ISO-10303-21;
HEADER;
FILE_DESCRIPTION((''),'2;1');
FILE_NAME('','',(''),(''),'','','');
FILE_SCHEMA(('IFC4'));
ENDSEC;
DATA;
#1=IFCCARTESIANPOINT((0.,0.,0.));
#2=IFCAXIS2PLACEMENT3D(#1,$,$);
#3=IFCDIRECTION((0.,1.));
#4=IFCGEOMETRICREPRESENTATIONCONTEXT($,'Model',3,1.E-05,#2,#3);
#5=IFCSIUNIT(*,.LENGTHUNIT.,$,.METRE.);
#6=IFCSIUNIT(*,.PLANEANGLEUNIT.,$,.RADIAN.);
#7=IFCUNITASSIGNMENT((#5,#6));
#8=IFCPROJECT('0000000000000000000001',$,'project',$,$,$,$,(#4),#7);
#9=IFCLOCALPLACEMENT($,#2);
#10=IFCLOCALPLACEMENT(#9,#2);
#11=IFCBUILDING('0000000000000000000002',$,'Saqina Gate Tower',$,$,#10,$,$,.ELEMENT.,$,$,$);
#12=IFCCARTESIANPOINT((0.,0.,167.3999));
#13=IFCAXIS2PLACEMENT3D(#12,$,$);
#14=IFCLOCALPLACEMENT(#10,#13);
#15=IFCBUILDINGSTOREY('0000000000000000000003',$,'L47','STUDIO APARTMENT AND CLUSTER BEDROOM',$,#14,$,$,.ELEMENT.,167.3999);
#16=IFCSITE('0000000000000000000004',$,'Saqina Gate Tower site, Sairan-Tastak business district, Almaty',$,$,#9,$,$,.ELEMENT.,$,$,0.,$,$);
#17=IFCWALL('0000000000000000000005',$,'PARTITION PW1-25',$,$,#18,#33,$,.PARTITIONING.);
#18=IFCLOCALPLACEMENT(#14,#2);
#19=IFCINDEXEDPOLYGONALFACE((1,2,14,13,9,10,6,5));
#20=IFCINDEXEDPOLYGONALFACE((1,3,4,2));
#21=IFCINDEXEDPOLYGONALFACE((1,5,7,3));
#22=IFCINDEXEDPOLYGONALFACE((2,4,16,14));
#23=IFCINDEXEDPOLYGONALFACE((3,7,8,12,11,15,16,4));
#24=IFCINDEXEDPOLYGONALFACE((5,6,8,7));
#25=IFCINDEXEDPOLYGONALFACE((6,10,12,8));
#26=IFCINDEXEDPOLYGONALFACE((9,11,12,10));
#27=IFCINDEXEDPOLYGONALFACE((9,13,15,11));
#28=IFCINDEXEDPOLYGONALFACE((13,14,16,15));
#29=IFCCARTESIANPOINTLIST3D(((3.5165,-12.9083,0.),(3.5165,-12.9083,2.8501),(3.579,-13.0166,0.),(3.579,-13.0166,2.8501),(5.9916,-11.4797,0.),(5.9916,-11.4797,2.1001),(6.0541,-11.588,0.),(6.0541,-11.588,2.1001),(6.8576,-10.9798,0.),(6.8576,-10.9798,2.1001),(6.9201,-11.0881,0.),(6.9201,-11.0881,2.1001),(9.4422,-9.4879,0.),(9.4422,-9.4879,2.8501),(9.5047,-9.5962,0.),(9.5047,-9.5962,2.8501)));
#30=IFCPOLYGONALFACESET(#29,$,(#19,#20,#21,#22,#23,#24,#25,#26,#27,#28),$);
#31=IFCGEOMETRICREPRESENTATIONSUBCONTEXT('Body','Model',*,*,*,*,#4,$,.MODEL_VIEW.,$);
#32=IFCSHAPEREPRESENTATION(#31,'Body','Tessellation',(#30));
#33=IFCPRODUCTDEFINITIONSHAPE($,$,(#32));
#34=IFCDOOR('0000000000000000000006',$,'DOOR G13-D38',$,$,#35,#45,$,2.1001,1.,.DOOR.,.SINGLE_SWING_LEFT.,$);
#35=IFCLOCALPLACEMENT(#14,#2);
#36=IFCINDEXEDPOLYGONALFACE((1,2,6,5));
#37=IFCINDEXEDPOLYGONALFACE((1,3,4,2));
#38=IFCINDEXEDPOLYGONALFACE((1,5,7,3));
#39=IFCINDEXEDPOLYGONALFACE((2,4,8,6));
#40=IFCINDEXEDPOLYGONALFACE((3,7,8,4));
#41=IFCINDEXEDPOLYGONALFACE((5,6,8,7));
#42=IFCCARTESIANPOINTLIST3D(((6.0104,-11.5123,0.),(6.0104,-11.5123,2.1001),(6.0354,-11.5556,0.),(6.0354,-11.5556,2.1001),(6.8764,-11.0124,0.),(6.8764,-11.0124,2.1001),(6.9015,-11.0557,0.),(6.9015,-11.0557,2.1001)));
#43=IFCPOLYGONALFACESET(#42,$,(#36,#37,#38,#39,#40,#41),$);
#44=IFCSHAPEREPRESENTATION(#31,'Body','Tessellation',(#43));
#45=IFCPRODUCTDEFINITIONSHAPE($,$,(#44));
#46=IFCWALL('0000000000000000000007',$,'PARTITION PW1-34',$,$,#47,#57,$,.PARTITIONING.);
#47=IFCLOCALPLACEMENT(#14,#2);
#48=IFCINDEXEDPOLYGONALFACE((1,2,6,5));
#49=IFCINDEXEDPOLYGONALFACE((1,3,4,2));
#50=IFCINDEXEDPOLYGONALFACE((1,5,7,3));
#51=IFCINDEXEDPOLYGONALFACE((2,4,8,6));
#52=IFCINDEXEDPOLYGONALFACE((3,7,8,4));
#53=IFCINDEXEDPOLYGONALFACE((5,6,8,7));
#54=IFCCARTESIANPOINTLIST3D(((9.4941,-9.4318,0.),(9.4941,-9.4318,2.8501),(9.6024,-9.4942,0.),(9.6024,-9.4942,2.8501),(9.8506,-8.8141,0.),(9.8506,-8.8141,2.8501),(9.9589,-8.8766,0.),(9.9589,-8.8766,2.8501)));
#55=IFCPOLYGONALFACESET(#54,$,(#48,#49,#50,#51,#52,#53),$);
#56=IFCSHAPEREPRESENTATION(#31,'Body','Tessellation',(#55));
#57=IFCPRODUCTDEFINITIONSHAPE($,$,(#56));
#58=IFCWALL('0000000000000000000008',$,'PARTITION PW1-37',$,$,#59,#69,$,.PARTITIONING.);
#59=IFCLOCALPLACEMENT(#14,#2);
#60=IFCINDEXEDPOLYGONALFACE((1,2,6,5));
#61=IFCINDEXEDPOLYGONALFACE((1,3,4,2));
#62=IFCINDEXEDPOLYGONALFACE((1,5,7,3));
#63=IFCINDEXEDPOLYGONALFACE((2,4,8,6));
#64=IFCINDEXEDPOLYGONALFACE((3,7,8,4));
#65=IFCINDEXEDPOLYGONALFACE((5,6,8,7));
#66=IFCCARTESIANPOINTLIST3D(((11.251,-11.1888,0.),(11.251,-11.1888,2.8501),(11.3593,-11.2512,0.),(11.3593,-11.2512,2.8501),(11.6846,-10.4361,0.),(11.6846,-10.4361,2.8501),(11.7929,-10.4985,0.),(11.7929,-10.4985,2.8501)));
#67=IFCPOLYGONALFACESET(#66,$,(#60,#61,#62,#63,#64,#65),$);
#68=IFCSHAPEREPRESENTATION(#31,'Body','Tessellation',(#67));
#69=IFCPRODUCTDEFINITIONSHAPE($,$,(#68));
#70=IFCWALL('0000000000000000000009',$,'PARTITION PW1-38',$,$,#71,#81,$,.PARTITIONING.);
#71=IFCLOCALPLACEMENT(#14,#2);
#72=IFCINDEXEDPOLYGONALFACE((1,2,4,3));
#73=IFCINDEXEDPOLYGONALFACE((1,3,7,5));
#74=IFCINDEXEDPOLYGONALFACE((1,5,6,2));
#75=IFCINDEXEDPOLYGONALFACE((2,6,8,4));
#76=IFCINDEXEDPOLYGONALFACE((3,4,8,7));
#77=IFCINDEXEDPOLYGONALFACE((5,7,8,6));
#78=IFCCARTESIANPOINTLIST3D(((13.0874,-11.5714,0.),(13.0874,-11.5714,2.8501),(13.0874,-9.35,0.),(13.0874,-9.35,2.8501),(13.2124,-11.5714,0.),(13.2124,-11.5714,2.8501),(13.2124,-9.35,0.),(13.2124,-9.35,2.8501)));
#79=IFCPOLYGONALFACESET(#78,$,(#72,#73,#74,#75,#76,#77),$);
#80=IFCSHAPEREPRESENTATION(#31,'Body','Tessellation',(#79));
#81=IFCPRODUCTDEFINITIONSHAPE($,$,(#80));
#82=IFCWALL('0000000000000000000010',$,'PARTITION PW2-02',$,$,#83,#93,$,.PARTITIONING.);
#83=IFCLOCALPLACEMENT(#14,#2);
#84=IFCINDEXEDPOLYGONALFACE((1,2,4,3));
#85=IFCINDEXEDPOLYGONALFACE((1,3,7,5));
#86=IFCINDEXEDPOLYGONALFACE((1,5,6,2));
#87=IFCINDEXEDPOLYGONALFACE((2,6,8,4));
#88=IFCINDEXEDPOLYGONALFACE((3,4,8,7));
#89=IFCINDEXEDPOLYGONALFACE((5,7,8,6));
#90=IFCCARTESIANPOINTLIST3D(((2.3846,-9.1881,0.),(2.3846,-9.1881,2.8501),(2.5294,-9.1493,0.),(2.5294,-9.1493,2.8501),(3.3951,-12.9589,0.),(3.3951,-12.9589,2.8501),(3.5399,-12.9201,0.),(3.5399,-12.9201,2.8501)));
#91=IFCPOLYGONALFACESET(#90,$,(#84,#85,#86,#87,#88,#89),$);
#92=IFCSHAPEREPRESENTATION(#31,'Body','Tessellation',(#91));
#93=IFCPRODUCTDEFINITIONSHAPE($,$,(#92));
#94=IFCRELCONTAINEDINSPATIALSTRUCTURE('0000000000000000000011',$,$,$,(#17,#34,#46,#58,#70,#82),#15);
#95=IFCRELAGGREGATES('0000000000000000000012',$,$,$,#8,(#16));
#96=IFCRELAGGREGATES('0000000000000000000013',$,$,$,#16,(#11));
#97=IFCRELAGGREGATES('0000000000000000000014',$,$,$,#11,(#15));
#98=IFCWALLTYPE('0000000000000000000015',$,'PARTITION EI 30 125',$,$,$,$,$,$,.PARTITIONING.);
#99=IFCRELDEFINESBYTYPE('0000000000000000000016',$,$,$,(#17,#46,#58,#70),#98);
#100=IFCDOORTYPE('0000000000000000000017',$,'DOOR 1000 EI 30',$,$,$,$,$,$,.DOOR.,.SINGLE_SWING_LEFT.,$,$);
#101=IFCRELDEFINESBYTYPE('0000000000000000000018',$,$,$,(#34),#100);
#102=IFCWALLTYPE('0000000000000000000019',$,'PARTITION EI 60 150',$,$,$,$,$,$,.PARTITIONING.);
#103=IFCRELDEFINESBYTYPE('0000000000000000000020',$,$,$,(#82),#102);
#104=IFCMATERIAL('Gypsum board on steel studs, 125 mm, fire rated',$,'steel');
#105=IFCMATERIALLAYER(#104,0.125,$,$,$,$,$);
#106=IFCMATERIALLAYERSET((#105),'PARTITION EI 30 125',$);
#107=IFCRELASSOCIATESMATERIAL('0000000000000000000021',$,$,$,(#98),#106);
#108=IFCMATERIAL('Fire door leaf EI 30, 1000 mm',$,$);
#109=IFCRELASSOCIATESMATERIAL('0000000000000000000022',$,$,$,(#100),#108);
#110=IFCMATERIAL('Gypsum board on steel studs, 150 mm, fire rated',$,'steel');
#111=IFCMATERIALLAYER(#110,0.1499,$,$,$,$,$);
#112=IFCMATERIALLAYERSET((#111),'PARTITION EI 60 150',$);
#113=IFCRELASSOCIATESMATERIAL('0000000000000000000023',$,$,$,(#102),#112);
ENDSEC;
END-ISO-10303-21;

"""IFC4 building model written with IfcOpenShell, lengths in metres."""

from ifc_helpers import new_model, si_unit, direction, frame, frame_2d, origin, place, context, subcontext, project, spatial, rectangle, extrude, material, layer, layer_set, type_object, element, fill, save


model = new_model("IFC4")

# Units and contexts
model_context = context("Model", 3, precision=1e-05, world=origin(), true_north=direction((0.0, 1.0)))
body_context = subcontext(model_context, "Body", "Model", "MODEL_VIEW")
ifc_project = project(units=[si_unit("LENGTHUNIT", "METRE"), si_unit("PLANEANGLEUNIT", "RADIAN")], contexts=[model_context])

# Site, building, storey
site_placement = place(None, origin())
site = spatial("IfcSite", under=ifc_project, at=site_placement, Name="Saqina Gate Tower site, Sairan-Tastak business district, Almaty", CompositionType="ELEMENT", RefElevation=0.0)
building_placement = place(site_placement, origin())
building = spatial("IfcBuilding", under=site, at=building_placement, Name="Saqina Gate Tower", CompositionType="ELEMENT")
storey_placement = place(building_placement, frame((0.0, 0.0, 167.3999)))
storey = spatial("IfcBuildingStorey", under=building, at=storey_placement, Name="L47", Description="STUDIO APARTMENT AND CLUSTER BEDROOM", CompositionType="ELEMENT", Elevation=167.3999)

# Shared definitions
ifc_material_1 = material(Name="Gypsum board on steel studs, 125 mm, fire rated", Category="steel")
ifc_layer_1 = layer(ifc_material_1, 0.125)
ifc_layer_set_1 = layer_set([ifc_layer_1], Name="PARTITION EI 30 125")
wall_type_1 = type_object("IfcWallType", Name="PARTITION EI 30 125", PredefinedType="PARTITIONING", material=ifc_layer_set_1)

# Shared definitions
ifc_material_2 = material(Name="Fire door leaf EI 30, 1000 mm")
door_type_1 = type_object("IfcDoorType", Name="DOOR 1000 EI 30", OperationType="SINGLE_SWING_LEFT", PredefinedType="DOOR", material=ifc_material_2)

# Wall, opening, door
wall_1_placement = place(storey_placement, frame((3.5479, -12.9624, 0.0), z_axis=(0.0, 0.0, 1.0), x_axis=(0.866079, 0.499908, 0.0)))
wall_1 = element("IfcWall", 1, at=wall_1_placement, inside=storey, type_object=wall_type_1, Name="PARTITION PW1-25", PredefinedType="PARTITIONING", context=body_context, shape_type="SweptSolid", body=[
    extrude(rectangle(XDim=6.842, YDim=0.125, at=frame_2d((3.4209, 0.0))), origin(), (0.0, 0.0, 1.0), 2.8501),
])
opening_1_placement = place(wall_1_placement, frame((2.8577, 0.0, 0.0)))
opening_1 = element("IfcOpeningElement", 2, at=opening_1_placement, cuts=wall_1, PredefinedType="OPENING", context=body_context, shape_type="SweptSolid", body=[
    extrude(rectangle(XDim=1.0, YDim=2.1001, at=frame_2d((0.5, 1.05))), frame((0.0, 0.0745, 0.0), z_axis=(0.0, -1.0, 0.0), x_axis=(1.0, 0.0, 0.0)), (0.0, 0.0, 1.0), 0.1489),
])
door_1_placement = place(opening_1_placement, origin())
door_1 = element("IfcDoor", 3, at=door_1_placement, inside=storey, type_object=door_type_1, Name="DOOR G13-D38", OperationType="SINGLE_SWING_LEFT", OverallHeight=2.1001, OverallWidth=1.0, PredefinedType="DOOR", context=body_context, shape_type="SweptSolid", body=[
    extrude(rectangle(XDim=1.0, YDim=2.1001, at=frame_2d((0.5, 1.05))), frame((0.0, 0.0249, 0.0), z_axis=(0.0, -1.0, 0.0), x_axis=(1.0, 0.0, 0.0)), (0.0, 0.0, 1.0), 0.05),
])
fill(opening_1, door_1)

# Walls
wall_2_placement = place(storey_placement, frame((9.5483, -9.4629, 0.0), z_axis=(0.0, 0.0, 1.0), x_axis=(0.499821, 0.866129, 0.0)))
element("IfcWall", 4, at=wall_2_placement, inside=storey, type_object=wall_type_1, Name="PARTITION PW1-34", PredefinedType="PARTITIONING", context=body_context, shape_type="SweptSolid", body=[
    extrude(rectangle(XDim=0.7131, YDim=0.125, at=frame_2d((0.3564, 0.0))), origin(), (0.0, 0.0, 1.0), 2.8501),
])
wall_3_placement = place(storey_placement, frame((11.3052, -11.22, 0.0), z_axis=(0.0, 0.0, 1.0), x_axis=(0.499163, 0.866508, 0.0)))
element("IfcWall", 5, at=wall_3_placement, inside=storey, type_object=wall_type_1, Name="PARTITION PW1-37", PredefinedType="PARTITIONING", context=body_context, shape_type="SweptSolid", body=[
    extrude(rectangle(XDim=0.8687, YDim=0.125, at=frame_2d((0.4343, 0.0))), origin(), (0.0, 0.0, 1.0), 2.8501),
])
wall_4_placement = place(storey_placement, frame((13.1499, -11.5715, 0.0), z_axis=(0.0, 0.0, 1.0), x_axis=(0.0, 1.0, 0.0)))
element("IfcWall", 6, at=wall_4_placement, inside=storey, type_object=wall_type_1, Name="PARTITION PW1-38", PredefinedType="PARTITIONING", context=body_context, shape_type="SweptSolid", body=[
    extrude(rectangle(XDim=2.2214, YDim=0.125, at=frame_2d((1.1108, 0.0))), origin(), (0.0, 0.0, 1.0), 2.8501),
])
ifc_material_3 = material(Name="Gypsum board on steel studs, 150 mm, fire rated", Category="steel")
ifc_layer_2 = layer(ifc_material_3, 0.1499)
ifc_layer_set_2 = layer_set([ifc_layer_2], Name="PARTITION EI 60 150")
wall_type_2 = type_object("IfcWallType", Name="PARTITION EI 60 150", PredefinedType="PARTITIONING", material=ifc_layer_set_2)
wall_5_placement = place(storey_placement, frame((2.457, -9.1687, 0.0), z_axis=(0.0, 0.0, 1.0), x_axis=(0.25885, -0.965918, 0.0)))
element("IfcWall", 7, at=wall_5_placement, inside=storey, type_object=wall_type_2, Name="PARTITION PW2-02", PredefinedType="PARTITIONING", context=body_context, shape_type="SweptSolid", body=[
    extrude(rectangle(XDim=3.9038, YDim=0.1499, at=frame_2d((1.9519, 0.0))), origin(), (0.0, 0.0, 1.0), 2.8501),
])

save(model, "model.ifc")
